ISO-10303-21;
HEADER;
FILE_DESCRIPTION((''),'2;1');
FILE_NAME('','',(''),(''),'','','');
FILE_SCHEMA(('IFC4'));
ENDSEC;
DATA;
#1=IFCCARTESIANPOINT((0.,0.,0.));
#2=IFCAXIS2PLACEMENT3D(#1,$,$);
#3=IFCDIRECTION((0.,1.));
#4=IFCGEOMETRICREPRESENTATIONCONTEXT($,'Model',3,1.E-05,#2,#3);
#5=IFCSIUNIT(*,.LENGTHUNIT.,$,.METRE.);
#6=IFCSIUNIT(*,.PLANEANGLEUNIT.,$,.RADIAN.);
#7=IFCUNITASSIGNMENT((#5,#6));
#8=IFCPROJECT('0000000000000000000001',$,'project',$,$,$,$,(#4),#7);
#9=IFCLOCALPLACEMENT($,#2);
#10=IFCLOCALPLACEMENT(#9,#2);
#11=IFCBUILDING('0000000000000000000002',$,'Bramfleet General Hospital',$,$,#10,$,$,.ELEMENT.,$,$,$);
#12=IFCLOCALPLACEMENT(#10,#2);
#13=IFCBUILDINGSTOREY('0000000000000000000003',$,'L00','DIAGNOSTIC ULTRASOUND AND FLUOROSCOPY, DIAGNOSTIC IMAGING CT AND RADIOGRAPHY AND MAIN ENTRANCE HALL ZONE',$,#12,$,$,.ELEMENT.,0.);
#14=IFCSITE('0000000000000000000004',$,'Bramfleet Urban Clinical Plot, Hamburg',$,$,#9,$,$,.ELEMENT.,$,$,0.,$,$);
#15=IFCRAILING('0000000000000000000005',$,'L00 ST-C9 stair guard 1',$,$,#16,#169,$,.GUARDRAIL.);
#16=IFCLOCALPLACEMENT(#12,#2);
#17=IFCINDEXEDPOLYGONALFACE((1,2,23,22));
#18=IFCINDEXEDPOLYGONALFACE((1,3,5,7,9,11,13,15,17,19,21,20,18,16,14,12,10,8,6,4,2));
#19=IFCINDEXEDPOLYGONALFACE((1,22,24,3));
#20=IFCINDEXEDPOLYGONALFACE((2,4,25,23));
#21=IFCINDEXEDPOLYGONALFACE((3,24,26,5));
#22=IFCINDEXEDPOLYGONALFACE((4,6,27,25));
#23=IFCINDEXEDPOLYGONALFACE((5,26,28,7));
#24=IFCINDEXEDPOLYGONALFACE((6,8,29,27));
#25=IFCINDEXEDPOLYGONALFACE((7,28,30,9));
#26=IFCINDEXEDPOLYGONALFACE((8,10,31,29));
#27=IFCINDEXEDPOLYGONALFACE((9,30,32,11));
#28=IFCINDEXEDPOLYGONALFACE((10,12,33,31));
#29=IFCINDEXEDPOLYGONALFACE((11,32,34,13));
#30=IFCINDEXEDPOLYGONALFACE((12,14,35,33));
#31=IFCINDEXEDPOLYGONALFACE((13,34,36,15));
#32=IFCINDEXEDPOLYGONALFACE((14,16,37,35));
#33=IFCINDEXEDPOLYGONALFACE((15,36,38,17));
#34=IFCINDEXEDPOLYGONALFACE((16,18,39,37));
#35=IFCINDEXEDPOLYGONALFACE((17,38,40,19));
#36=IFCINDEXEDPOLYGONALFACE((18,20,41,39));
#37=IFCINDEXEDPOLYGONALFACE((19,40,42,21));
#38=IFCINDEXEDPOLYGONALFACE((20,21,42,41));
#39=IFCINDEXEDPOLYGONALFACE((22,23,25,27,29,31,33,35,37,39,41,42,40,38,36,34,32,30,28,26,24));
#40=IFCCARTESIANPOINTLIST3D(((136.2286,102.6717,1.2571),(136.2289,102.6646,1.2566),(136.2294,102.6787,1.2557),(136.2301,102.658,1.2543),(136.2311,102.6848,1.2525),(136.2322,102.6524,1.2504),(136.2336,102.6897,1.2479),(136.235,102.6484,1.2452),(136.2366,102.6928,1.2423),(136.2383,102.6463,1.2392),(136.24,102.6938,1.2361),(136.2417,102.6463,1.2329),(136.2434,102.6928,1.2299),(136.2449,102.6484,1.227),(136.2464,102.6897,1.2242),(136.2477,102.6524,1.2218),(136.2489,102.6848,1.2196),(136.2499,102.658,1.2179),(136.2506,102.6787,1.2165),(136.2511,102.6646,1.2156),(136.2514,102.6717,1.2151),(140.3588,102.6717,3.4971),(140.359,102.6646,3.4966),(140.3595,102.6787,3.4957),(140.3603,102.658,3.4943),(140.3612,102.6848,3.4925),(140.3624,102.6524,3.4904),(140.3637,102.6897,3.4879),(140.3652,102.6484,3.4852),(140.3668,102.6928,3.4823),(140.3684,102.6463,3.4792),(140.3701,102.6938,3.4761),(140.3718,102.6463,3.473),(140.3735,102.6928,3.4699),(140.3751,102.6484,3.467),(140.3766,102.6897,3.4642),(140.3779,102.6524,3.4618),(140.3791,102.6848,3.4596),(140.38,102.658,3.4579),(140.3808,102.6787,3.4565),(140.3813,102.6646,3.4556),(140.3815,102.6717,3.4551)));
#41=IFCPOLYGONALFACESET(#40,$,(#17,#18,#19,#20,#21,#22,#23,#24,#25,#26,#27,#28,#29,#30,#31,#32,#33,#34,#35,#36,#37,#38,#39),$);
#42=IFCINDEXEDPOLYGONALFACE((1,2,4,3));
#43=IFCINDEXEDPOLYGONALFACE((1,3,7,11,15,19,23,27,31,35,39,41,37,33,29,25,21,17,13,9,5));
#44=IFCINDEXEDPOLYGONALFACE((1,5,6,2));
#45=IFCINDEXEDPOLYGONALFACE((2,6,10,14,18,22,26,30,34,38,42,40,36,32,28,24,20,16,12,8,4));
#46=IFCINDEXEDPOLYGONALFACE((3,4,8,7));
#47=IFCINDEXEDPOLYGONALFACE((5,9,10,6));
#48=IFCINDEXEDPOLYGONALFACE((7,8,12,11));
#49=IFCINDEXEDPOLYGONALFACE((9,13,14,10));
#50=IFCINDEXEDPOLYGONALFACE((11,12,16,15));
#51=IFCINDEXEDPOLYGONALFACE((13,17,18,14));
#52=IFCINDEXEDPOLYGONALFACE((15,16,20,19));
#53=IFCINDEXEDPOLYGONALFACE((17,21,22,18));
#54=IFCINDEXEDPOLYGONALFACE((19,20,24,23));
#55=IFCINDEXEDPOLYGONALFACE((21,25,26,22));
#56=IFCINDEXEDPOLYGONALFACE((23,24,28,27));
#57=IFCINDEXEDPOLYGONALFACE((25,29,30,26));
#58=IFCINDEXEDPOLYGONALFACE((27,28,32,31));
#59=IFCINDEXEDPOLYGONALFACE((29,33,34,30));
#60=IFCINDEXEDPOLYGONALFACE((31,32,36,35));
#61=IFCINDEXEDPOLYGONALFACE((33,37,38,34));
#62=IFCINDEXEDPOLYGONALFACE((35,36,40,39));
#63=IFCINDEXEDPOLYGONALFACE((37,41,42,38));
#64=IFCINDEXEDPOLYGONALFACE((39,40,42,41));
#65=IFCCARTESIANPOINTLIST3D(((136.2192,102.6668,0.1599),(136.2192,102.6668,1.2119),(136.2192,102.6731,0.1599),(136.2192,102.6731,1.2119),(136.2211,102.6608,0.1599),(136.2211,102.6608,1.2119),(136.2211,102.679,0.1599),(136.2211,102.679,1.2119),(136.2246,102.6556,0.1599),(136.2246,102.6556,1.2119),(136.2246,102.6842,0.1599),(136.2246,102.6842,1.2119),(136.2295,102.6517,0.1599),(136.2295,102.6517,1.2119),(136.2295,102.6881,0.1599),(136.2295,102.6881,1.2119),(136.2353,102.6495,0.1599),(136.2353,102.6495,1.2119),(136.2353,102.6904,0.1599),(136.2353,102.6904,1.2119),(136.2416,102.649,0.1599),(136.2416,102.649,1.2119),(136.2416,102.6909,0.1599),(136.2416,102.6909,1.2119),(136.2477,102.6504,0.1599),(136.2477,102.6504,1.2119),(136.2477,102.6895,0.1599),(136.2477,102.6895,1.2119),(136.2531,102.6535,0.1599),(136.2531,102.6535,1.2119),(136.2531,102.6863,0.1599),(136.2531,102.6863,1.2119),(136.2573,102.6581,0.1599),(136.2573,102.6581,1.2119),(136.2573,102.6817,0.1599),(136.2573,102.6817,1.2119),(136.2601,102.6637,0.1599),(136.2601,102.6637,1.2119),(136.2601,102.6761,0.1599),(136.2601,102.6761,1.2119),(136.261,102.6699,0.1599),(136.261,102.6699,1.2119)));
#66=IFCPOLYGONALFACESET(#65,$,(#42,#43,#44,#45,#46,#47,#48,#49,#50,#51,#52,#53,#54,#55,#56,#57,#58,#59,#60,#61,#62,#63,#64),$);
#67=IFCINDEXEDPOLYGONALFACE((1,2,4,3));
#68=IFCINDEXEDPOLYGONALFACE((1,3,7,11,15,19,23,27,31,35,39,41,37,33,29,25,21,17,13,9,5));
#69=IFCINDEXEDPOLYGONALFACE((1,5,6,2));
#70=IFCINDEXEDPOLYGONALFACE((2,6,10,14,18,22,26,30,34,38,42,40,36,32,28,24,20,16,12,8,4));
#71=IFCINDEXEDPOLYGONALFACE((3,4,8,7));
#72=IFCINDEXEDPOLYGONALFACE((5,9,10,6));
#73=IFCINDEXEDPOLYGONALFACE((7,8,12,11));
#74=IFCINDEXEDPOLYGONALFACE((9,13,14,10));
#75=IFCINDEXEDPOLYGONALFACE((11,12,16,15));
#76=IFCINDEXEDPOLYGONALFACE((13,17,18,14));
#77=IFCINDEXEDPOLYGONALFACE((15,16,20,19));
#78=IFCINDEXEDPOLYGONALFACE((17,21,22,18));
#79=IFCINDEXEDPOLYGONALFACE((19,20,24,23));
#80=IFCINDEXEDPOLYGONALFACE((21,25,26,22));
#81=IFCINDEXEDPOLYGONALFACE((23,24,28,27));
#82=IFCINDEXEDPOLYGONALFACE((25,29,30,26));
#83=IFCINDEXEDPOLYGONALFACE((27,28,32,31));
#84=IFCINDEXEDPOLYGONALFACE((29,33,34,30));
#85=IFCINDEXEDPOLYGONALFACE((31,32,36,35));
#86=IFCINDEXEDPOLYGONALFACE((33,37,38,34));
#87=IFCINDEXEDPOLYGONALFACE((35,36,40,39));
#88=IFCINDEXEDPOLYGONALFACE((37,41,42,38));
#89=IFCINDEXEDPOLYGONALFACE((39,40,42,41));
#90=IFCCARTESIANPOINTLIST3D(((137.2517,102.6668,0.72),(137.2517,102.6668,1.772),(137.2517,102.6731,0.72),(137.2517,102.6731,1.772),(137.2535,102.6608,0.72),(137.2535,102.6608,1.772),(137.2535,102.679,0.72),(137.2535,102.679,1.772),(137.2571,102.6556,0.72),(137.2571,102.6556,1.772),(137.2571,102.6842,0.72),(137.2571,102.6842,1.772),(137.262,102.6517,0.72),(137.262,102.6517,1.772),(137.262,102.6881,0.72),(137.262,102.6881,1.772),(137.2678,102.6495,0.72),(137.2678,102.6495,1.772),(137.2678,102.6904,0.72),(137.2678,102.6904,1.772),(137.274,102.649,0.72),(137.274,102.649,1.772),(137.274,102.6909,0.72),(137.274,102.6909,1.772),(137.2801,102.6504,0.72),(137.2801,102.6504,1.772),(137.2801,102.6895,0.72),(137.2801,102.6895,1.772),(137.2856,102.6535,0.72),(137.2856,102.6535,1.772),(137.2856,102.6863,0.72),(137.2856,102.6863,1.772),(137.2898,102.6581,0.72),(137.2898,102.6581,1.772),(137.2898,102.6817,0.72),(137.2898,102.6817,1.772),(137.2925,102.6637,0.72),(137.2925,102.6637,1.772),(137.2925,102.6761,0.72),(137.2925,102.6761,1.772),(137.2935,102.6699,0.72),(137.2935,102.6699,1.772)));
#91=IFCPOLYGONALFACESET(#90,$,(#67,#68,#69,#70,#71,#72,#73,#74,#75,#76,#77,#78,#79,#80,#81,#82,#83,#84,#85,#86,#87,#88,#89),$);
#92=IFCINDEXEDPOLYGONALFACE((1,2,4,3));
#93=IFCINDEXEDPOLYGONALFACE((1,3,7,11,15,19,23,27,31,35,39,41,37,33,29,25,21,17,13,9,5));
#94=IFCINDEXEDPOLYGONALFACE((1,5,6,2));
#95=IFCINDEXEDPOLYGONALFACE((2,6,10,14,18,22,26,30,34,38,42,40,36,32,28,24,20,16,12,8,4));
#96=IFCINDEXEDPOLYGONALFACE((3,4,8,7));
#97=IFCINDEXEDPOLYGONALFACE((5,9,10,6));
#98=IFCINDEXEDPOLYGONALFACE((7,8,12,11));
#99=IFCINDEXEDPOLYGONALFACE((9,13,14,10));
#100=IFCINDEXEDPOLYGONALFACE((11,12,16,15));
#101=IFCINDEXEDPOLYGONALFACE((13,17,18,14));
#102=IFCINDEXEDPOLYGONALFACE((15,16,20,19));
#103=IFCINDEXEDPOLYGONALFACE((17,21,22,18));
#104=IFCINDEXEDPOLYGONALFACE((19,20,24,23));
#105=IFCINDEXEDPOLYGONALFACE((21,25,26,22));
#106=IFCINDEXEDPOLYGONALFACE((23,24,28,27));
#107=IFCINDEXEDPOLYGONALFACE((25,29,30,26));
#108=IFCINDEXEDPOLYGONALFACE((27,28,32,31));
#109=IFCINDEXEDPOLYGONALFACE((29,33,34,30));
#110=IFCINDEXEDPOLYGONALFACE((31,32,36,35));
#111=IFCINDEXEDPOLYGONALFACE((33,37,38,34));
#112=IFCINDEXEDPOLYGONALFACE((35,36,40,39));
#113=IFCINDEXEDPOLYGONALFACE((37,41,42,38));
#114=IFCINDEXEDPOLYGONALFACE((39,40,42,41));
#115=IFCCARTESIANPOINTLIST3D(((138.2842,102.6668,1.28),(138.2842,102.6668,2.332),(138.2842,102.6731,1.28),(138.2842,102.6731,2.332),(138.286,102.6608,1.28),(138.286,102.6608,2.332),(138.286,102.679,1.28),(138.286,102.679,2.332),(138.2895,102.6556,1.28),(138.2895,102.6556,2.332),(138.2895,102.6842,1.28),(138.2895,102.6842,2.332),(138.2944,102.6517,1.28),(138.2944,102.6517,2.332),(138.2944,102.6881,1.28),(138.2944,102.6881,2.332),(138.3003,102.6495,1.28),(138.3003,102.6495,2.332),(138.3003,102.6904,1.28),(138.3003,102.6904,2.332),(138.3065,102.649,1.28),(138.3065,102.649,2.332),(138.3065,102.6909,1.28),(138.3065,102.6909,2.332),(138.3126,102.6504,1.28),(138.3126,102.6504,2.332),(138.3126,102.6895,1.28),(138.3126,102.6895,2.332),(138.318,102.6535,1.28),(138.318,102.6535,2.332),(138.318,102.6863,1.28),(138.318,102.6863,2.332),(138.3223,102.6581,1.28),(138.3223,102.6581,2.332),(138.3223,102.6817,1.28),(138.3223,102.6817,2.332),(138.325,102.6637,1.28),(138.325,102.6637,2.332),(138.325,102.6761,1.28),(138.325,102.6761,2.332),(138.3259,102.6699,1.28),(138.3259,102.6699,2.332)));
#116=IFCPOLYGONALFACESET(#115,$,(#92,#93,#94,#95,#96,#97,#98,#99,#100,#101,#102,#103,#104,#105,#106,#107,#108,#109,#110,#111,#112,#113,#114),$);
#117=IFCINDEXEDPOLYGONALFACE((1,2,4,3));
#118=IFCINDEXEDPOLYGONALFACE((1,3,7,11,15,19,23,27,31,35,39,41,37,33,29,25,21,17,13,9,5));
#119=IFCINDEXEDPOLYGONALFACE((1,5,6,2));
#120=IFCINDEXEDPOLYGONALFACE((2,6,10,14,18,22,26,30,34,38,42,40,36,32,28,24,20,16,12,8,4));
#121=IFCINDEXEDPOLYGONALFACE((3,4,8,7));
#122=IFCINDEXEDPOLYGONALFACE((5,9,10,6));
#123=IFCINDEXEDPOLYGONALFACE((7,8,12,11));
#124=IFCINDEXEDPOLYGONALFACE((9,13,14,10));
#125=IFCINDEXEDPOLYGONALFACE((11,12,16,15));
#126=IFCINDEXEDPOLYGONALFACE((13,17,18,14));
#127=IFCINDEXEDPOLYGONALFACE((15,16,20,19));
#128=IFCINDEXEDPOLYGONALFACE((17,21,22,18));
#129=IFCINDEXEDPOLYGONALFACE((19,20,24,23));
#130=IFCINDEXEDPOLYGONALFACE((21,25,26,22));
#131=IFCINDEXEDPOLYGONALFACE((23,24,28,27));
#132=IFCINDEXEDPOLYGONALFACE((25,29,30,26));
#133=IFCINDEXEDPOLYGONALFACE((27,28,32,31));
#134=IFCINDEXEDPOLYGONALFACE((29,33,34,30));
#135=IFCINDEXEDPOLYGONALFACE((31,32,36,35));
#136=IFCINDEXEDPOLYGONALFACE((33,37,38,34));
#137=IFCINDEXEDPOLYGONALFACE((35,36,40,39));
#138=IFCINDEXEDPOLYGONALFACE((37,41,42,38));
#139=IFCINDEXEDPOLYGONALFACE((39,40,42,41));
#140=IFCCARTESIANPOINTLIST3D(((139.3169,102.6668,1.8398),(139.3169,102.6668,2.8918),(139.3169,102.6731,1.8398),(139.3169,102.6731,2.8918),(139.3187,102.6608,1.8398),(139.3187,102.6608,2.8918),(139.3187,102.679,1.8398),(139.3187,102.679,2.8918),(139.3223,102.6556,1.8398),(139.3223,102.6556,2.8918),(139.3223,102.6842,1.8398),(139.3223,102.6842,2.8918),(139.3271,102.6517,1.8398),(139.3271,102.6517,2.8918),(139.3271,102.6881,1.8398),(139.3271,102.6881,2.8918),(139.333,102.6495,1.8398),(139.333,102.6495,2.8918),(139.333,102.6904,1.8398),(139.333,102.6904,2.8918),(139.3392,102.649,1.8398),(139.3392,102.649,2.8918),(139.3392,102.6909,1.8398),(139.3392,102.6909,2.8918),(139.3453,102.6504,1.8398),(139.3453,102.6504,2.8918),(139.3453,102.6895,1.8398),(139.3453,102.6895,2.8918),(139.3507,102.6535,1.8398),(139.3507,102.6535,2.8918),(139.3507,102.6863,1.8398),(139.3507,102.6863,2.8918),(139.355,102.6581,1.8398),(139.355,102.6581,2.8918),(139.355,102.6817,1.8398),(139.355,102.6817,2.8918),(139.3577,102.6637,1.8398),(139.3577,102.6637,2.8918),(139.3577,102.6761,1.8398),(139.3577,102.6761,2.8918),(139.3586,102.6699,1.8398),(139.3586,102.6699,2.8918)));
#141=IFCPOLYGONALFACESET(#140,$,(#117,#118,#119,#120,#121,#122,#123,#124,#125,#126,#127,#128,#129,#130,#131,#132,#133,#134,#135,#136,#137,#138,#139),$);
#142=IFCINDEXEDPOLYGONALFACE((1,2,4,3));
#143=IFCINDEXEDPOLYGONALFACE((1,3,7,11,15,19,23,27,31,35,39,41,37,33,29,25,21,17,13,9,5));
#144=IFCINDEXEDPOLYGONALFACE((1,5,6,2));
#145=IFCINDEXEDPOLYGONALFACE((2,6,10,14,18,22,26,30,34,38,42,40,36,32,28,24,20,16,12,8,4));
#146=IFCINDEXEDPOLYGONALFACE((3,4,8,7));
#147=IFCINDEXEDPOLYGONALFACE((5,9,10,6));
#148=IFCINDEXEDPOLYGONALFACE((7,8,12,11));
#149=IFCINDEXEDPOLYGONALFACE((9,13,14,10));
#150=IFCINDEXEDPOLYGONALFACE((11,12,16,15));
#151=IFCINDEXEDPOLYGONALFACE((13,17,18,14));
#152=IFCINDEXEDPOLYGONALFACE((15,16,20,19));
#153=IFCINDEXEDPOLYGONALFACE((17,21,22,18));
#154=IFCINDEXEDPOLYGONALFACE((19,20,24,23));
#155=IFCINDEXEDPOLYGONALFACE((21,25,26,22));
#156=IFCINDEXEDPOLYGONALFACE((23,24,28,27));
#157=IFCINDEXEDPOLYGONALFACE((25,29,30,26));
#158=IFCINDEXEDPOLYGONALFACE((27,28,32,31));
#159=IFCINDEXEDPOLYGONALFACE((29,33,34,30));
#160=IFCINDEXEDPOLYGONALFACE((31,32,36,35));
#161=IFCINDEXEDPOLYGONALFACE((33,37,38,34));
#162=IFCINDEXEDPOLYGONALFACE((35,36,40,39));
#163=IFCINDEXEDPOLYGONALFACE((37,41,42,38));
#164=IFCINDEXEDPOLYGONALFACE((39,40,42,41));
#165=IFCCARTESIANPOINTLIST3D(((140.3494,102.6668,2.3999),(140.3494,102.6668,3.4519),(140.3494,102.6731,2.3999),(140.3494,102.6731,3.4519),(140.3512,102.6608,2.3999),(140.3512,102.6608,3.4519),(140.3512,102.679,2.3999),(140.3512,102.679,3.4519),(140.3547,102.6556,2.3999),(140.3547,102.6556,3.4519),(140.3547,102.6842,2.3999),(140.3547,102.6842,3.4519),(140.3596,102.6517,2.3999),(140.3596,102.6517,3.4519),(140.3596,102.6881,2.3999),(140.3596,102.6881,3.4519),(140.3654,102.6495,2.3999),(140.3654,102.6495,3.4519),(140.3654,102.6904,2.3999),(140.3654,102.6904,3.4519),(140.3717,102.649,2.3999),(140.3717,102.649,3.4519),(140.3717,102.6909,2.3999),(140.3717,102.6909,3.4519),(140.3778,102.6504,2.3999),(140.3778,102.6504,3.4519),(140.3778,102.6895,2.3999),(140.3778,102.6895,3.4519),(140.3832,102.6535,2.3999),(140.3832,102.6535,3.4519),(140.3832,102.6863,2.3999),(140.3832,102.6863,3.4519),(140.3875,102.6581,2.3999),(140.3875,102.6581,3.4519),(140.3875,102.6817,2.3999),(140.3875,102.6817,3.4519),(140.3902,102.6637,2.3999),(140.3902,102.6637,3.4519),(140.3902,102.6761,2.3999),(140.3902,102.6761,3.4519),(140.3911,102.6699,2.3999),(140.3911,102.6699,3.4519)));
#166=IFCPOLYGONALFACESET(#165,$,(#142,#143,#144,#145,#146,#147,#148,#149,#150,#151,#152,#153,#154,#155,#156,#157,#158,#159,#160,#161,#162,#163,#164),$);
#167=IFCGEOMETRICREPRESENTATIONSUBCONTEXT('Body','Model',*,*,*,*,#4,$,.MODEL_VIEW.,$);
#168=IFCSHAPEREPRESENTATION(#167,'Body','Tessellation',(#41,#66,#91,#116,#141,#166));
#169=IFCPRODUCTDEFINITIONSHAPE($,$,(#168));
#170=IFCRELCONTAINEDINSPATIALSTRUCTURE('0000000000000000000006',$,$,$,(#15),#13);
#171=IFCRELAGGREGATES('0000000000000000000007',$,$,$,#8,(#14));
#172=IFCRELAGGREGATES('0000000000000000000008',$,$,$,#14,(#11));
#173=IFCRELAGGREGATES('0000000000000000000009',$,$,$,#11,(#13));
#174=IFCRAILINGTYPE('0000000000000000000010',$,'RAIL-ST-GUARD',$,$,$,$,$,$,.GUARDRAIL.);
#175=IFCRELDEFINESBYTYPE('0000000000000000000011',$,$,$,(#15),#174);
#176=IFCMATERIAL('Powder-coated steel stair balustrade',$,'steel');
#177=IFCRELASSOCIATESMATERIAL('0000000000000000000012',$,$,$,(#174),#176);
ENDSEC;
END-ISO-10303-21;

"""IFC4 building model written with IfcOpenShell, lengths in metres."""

from ifc_helpers import new_model, si_unit, direction, frame, origin, origin_2d, place, context, subcontext, project, spatial, circle, extrude, material, type_object, element, save


model = new_model("IFC4")

# Units and contexts
model_context = context("Model", 3, precision=1e-05, world=origin(), true_north=direction((0.0, 1.0)))
body_context = subcontext(model_context, "Body", "Model", "MODEL_VIEW")
ifc_project = project(units=[si_unit("LENGTHUNIT", "METRE"), si_unit("PLANEANGLEUNIT", "RADIAN")], contexts=[model_context])

# Site, building, storey
site_placement = place(None, origin())
site = spatial("IfcSite", under=ifc_project, at=site_placement, Name="Bramfleet Urban Clinical Plot, Hamburg", CompositionType="ELEMENT", RefElevation=0.0)
building_placement = place(site_placement, origin())
building = spatial("IfcBuilding", under=site, at=building_placement, Name="Bramfleet General Hospital", CompositionType="ELEMENT")
storey_placement = place(building_placement, origin())
storey = spatial("IfcBuildingStorey", under=building, at=storey_placement, Name="L00", Description="DIAGNOSTIC ULTRASOUND AND FLUOROSCOPY, DIAGNOSTIC IMAGING CT AND RADIOGRAPHY AND MAIN ENTRANCE HALL ZONE", CompositionType="ELEMENT", Elevation=0.0)

# Railing
ifc_material_1 = material(Name="Powder-coated steel stair balustrade", Category="steel")
railing_type_1 = type_object("IfcRailingType", Name="RAIL-ST-GUARD", PredefinedType="GUARDRAIL", material=ifc_material_1)
railing_1_placement = place(storey_placement, frame((136.24, 102.6699, 0.1599)))
element("IfcRailing", 1, at=railing_1_placement, inside=storey, type_object=railing_type_1, Name="L00 ST-C9 stair guard 1", PredefinedType="GUARDRAIL", context=body_context, shape_type="SweptSolid", body=[
    extrude(circle(Radius=0.0239, at=origin_2d()), frame((0.0, 0.0, 1.0762), z_axis=(0.879039, 0.0, 0.47675), x_axis=(0.0, 1.0, 0.0)), (0.0, 0.0, 1.0), 4.6985),
    extrude(circle(Radius=0.021, at=origin_2d()), origin(), (0.0, 0.0, 1.0), 1.052),
    extrude(circle(Radius=0.021, at=origin_2d()), frame((1.0325, 0.0, 0.5601)), (0.0, 0.0, 1.0), 1.052),
    extrude(circle(Radius=0.021, at=origin_2d()), frame((2.0649, 0.0, 1.1201)), (0.0, 0.0, 1.0), 1.052),
    extrude(circle(Radius=0.021, at=origin_2d()), frame((3.0977, 0.0, 1.6799)), (0.0, 0.0, 1.0), 1.052),
    extrude(circle(Radius=0.021, at=origin_2d()), frame((4.1301, 0.0, 2.24)), (0.0, 0.0, 1.0), 1.052),
])

save(model, "model.ifc")
